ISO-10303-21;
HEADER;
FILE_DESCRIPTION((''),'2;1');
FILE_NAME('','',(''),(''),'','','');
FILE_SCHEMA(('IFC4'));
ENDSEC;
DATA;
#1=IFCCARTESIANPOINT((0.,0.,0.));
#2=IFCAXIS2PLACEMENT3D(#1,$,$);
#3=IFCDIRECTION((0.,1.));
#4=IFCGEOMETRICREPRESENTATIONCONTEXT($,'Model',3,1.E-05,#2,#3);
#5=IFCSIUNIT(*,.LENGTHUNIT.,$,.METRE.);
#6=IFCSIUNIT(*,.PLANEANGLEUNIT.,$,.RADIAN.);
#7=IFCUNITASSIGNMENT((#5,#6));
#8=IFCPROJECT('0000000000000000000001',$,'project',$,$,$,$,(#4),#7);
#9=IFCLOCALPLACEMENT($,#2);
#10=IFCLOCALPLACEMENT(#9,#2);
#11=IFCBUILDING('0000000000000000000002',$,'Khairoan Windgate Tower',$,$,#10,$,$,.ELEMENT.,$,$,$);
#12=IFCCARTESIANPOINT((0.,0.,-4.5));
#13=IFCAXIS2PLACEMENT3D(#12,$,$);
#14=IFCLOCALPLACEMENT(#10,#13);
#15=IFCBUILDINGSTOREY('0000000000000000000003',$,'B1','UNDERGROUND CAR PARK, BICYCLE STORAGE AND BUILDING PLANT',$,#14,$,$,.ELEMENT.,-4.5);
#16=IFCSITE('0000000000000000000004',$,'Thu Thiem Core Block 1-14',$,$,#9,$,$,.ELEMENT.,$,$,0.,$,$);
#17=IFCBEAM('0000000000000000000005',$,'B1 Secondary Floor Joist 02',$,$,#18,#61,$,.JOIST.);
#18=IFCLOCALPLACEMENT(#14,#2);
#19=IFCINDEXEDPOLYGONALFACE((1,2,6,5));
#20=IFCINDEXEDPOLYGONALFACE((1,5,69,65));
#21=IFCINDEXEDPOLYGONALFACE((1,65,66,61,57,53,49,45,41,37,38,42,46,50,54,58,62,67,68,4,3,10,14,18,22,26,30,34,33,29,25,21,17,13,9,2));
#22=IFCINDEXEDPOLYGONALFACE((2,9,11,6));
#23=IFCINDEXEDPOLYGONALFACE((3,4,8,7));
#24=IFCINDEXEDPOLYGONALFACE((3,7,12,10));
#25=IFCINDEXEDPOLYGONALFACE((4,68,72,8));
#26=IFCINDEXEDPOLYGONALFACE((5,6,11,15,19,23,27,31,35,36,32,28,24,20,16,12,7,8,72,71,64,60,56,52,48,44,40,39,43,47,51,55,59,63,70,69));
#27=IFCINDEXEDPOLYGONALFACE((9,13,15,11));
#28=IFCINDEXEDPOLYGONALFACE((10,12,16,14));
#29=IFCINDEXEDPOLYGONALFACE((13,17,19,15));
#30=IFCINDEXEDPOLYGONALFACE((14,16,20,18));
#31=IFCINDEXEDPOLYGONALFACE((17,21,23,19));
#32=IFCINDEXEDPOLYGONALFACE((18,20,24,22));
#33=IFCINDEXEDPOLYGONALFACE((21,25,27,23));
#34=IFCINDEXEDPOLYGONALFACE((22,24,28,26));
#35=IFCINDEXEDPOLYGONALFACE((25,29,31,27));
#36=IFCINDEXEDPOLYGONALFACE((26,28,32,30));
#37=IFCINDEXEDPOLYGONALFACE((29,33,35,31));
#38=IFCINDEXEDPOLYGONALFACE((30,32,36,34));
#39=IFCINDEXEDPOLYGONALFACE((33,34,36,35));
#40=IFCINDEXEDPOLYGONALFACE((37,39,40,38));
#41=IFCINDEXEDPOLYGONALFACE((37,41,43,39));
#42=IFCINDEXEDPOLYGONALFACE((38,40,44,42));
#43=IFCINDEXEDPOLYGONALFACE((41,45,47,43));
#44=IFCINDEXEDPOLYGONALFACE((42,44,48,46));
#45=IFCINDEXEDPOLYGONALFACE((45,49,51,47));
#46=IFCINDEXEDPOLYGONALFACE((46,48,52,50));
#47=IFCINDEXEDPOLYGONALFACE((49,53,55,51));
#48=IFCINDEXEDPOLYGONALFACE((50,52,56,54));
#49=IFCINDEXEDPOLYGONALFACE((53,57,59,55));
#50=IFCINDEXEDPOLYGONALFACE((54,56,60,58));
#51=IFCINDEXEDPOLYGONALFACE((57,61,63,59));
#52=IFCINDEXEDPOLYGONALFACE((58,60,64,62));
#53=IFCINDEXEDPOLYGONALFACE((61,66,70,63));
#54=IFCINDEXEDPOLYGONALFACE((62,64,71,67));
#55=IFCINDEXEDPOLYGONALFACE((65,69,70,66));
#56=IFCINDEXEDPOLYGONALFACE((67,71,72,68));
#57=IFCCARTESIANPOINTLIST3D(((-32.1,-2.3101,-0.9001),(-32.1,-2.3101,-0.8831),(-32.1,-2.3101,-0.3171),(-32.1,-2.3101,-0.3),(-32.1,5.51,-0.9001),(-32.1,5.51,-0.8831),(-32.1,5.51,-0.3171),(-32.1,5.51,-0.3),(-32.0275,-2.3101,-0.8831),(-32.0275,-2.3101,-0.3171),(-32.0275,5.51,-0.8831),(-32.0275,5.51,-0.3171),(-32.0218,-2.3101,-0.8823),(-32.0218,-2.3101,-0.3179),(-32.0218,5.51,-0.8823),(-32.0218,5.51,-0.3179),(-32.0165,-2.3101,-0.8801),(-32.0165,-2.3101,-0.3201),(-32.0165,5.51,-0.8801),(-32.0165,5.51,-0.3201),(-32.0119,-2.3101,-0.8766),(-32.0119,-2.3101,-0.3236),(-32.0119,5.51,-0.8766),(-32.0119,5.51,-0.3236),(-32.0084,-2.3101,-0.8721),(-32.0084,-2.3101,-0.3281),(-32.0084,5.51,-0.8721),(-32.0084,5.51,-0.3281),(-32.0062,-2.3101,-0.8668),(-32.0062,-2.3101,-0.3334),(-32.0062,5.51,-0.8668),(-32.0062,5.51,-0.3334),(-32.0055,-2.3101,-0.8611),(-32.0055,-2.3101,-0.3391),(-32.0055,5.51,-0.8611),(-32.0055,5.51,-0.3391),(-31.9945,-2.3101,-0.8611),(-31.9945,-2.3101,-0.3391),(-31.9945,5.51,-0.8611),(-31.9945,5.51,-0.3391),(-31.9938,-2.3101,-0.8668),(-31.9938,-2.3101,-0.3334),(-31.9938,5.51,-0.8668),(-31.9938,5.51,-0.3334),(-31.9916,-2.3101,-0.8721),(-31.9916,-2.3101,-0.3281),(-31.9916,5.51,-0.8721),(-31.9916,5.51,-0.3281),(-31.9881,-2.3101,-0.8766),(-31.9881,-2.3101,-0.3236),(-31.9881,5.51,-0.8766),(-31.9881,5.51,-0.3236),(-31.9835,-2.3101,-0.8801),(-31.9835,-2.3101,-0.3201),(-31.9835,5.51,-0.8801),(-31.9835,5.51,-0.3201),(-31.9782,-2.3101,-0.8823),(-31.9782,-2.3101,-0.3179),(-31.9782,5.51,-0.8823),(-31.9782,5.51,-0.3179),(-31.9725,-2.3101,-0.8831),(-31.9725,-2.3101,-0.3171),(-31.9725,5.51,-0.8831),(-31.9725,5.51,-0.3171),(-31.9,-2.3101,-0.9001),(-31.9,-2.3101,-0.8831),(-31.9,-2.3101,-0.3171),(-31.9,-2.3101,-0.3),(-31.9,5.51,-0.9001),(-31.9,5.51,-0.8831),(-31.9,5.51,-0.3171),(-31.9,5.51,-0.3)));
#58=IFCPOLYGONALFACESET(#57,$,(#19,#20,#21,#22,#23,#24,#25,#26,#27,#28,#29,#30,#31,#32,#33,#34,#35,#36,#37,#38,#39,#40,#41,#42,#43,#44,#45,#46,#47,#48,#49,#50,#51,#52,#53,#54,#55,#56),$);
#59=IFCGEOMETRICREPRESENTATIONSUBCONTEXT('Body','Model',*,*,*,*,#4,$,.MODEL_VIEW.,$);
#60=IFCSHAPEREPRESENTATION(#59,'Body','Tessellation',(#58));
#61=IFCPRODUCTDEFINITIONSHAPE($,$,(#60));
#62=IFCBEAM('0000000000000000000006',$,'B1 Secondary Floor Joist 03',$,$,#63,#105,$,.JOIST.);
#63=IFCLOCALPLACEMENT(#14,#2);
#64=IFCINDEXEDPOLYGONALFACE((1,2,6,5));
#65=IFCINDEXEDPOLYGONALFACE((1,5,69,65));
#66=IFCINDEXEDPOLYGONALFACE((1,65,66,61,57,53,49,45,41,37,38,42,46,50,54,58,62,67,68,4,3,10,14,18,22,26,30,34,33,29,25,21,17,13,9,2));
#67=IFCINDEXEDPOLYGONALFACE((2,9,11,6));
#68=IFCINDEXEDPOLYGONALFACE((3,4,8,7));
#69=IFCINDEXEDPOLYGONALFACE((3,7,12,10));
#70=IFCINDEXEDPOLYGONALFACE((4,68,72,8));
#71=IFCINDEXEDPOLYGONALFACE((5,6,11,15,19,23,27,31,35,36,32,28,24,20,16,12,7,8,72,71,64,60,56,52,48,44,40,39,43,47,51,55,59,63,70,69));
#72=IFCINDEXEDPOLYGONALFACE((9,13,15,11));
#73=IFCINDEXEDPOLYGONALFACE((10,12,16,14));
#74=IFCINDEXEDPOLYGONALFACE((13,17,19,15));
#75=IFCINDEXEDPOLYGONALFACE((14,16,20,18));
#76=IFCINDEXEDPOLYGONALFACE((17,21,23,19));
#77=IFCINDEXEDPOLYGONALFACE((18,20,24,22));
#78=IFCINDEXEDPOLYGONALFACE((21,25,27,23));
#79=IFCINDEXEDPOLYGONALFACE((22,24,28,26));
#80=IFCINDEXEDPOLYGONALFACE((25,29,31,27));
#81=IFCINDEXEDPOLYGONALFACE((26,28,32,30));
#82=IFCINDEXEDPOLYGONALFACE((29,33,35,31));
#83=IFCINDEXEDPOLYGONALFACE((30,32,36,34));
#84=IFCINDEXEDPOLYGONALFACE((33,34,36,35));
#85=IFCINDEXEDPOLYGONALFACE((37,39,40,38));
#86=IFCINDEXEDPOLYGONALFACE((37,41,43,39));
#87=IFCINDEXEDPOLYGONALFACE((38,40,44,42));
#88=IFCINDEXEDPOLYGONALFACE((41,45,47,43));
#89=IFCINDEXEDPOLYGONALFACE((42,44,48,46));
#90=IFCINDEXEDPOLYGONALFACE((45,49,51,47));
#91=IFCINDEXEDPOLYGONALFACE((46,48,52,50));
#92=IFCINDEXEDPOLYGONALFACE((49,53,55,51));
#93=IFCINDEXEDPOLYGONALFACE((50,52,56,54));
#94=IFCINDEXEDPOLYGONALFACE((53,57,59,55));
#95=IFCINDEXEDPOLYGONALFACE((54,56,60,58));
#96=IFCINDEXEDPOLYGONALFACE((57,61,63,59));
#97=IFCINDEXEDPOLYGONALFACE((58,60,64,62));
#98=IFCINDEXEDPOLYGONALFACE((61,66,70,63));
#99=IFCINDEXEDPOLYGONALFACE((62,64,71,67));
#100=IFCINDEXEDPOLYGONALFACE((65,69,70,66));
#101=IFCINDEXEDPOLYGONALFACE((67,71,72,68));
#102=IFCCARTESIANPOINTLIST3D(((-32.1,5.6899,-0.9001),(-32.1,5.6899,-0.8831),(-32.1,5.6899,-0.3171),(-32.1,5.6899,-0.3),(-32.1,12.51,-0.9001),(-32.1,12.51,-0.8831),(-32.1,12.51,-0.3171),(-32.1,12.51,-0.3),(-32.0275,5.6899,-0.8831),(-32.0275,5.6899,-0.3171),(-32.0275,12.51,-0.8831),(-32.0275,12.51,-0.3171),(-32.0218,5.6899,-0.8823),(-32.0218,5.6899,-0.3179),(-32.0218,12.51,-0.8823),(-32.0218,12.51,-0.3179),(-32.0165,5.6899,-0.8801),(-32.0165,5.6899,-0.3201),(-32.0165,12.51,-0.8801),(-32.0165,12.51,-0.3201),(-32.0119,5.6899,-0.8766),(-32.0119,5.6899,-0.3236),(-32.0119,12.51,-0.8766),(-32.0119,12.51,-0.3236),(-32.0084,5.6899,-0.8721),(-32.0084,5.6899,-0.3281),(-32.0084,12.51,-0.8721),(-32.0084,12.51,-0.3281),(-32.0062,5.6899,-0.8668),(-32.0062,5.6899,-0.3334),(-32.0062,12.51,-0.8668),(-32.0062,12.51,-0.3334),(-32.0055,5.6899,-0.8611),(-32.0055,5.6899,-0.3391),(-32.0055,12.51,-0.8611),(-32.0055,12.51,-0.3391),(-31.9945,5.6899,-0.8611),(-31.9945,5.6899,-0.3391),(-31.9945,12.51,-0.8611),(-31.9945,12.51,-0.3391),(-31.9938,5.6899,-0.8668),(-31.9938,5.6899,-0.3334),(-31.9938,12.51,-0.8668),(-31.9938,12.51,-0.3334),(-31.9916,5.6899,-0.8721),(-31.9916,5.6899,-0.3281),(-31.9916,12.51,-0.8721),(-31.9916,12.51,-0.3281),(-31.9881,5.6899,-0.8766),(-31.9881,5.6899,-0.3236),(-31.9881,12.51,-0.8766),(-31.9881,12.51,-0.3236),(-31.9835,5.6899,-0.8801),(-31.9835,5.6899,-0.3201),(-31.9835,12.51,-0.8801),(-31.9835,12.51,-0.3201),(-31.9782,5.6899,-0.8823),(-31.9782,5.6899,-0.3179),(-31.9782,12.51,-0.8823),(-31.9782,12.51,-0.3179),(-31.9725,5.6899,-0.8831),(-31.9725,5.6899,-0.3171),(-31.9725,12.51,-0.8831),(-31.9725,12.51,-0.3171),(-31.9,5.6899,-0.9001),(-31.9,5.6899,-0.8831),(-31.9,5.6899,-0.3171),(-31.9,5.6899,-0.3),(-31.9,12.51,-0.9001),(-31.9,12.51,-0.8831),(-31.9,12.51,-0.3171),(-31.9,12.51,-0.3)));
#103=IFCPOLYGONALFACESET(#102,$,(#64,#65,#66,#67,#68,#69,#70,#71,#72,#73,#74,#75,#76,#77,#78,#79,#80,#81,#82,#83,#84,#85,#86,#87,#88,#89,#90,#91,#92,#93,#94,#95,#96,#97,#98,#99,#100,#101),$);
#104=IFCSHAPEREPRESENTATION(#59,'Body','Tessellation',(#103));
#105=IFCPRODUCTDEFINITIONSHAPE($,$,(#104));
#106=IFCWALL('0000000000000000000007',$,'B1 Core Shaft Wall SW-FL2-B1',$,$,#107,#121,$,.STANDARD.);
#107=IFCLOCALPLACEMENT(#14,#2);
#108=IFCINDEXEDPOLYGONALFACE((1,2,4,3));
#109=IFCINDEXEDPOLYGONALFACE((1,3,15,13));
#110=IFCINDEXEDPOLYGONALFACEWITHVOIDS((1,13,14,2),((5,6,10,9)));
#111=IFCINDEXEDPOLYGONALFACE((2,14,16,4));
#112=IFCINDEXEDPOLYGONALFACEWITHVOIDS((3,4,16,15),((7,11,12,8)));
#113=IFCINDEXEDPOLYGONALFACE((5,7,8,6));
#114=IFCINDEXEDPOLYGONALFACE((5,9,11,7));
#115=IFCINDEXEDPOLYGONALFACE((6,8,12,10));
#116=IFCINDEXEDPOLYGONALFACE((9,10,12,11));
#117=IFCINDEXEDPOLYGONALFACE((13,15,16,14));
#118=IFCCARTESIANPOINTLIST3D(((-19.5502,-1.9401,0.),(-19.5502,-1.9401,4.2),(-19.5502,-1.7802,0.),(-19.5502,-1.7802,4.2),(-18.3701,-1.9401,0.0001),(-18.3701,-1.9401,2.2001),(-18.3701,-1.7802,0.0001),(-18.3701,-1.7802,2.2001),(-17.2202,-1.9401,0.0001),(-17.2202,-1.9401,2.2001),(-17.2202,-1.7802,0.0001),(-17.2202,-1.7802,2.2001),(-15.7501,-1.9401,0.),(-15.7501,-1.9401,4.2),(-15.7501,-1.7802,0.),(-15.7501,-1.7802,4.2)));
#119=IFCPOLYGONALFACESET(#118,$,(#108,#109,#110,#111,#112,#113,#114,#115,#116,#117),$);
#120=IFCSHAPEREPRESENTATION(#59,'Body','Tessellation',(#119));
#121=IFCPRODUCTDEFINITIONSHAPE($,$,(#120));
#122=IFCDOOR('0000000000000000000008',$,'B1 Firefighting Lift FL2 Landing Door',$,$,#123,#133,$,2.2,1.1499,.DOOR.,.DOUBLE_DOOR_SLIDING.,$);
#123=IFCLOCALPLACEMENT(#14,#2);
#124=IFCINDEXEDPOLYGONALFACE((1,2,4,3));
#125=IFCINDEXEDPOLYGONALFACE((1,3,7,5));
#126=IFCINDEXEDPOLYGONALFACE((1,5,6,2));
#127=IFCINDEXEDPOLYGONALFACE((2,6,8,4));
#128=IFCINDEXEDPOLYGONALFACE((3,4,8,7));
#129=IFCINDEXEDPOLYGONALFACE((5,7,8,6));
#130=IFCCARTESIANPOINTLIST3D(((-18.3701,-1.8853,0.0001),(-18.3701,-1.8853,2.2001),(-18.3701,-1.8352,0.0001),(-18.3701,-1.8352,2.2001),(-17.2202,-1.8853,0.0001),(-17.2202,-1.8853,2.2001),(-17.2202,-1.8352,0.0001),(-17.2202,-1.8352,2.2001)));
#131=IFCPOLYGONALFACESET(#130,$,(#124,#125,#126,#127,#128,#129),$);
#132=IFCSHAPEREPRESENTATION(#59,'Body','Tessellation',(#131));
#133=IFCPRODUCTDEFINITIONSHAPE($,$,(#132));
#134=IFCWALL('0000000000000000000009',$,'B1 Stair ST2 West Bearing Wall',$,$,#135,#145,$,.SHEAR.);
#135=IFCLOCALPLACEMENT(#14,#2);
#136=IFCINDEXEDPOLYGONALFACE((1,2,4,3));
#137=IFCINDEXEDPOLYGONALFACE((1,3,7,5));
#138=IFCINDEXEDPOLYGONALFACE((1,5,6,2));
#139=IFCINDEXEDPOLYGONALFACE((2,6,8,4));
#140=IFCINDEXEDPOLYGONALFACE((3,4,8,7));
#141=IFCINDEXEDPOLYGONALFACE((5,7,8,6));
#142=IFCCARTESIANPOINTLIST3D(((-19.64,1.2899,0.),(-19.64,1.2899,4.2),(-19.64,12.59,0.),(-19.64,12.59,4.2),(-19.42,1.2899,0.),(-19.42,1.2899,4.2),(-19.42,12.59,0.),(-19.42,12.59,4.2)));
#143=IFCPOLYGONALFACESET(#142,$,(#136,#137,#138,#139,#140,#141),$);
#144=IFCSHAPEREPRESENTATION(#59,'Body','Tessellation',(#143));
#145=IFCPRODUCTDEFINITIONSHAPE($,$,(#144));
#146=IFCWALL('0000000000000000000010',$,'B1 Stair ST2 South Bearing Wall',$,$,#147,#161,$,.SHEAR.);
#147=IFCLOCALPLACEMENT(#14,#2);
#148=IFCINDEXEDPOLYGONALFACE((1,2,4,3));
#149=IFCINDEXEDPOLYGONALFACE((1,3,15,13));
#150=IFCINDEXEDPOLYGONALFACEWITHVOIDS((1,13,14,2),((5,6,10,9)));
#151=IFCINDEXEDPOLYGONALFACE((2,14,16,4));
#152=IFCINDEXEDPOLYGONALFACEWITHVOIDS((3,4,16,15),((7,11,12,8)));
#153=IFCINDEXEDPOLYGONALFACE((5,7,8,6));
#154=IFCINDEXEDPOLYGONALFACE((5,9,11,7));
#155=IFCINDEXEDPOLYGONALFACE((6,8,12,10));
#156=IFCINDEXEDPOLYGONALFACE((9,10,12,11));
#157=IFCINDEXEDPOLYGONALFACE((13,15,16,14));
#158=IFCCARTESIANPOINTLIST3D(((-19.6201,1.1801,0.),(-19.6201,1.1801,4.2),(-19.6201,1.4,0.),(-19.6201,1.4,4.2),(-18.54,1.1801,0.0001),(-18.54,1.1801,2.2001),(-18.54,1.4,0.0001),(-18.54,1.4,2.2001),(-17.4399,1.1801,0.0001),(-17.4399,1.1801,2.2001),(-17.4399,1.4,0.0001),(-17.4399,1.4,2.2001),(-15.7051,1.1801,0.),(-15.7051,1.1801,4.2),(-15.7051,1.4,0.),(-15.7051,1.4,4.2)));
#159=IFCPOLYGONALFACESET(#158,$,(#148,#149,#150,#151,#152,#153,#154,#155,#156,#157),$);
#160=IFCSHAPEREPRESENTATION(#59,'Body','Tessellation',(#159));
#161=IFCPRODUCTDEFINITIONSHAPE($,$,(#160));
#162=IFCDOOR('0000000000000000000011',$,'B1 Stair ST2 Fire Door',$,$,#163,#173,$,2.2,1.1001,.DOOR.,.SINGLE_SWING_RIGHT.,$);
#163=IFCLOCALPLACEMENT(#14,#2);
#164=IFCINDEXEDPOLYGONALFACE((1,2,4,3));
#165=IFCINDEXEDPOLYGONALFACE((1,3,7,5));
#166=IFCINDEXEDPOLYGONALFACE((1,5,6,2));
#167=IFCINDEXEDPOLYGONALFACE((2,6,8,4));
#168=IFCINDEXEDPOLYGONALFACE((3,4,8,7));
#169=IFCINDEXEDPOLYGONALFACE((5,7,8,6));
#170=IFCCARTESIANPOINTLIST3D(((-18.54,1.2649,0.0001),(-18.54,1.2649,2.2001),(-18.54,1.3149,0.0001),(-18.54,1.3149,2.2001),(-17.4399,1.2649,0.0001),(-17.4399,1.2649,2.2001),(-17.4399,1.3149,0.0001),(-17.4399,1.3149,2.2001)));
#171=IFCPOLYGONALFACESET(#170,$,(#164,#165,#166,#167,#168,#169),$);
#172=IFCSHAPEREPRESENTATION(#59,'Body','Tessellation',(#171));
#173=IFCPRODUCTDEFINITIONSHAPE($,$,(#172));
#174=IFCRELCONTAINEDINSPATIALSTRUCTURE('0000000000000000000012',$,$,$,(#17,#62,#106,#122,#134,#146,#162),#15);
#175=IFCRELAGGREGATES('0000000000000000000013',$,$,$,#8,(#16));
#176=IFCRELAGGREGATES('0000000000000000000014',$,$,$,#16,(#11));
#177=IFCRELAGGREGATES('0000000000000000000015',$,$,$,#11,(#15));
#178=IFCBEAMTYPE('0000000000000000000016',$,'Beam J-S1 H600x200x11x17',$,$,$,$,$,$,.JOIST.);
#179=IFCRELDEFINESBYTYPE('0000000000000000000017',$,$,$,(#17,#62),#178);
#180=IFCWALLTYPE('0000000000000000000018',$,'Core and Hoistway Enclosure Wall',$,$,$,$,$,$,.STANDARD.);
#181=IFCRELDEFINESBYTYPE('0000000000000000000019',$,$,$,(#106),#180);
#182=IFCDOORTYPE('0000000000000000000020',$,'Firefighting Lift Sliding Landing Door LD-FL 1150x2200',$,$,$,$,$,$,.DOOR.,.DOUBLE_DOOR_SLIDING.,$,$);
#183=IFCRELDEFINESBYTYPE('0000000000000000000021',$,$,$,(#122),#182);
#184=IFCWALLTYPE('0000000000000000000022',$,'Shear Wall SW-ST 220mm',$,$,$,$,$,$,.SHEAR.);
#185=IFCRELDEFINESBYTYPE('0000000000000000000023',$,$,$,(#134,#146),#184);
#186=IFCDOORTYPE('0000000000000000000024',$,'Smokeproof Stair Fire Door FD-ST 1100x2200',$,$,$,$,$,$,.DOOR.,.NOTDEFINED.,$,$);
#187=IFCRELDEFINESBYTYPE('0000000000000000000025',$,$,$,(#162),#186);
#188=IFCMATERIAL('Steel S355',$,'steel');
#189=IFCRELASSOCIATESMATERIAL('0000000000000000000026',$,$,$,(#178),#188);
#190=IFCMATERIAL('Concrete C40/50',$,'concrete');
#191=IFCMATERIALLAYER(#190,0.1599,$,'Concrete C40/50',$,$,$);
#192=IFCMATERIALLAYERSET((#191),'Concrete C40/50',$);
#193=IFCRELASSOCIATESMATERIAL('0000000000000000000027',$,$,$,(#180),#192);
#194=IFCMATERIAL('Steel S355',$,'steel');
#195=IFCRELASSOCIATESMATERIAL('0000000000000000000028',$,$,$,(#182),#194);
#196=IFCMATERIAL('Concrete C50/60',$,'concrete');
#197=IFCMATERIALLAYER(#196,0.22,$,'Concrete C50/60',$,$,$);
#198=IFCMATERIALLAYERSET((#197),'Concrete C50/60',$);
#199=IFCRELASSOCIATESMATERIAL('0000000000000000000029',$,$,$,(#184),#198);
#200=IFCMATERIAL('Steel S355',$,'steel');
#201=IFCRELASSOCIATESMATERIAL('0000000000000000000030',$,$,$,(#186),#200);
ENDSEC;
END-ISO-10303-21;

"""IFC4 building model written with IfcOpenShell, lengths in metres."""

from ifc_helpers import new_model, si_unit, direction, frame, frame_2d, origin, origin_2d, place, context, subcontext, project, spatial, rectangle, i_section, extrude, material, layer, layer_set, material_profile, profile_set, type_object, element, fill, save


model = new_model("IFC4")

# Units and contexts
model_context = context("Model", 3, precision=1e-05, world=origin(), true_north=direction((0.0, 1.0)))
body_context = subcontext(model_context, "Body", "Model", "MODEL_VIEW")
ifc_project = project(units=[si_unit("LENGTHUNIT", "METRE"), si_unit("PLANEANGLEUNIT", "RADIAN")], contexts=[model_context])

# Site, building, storey
site_placement = place(None, origin())
site = spatial("IfcSite", under=ifc_project, at=site_placement, Name="Thu Thiem Core Block 1-14", CompositionType="ELEMENT", RefElevation=0.0)
building_placement = place(site_placement, origin())
building = spatial("IfcBuilding", under=site, at=building_placement, Name="Khairoan Windgate Tower", CompositionType="ELEMENT")
storey_placement = place(building_placement, frame((0.0, 0.0, -4.5)))
storey = spatial("IfcBuildingStorey", under=building, at=storey_placement, Name="B1", Description="UNDERGROUND CAR PARK, BICYCLE STORAGE AND BUILDING PLANT", CompositionType="ELEMENT", Elevation=-4.5)

# Beams
ifc_material_1 = material(Name="Steel S355", Category="steel")
ifc_material_profile_1 = material_profile(ifc_material_1, i_section(OverallWidth=0.2, OverallDepth=0.6001, WebThickness=0.011, FlangeThickness=0.0171, FilletRadius=0.022, at=origin_2d()))
ifc_profile_set_1 = profile_set([ifc_material_profile_1], Name="Steel S355")
beam_type_1 = type_object("IfcBeamType", Name="Beam J-S1 H600x200x11x17", PredefinedType="JOIST", material=ifc_profile_set_1)
beam_1_placement = place(storey_placement, frame((-32.0, -2.3101, -0.6001), z_axis=(0.0, 1.0, 0.0), x_axis=(-1.0, 0.0, 0.0)))
element("IfcBeam", 1, at=beam_1_placement, inside=storey, type_object=beam_type_1, Name="B1 Secondary Floor Joist 02", PredefinedType="JOIST", context=body_context, shape_type="SweptSolid", body=[
    extrude(i_section(OverallWidth=0.2, OverallDepth=0.6001, WebThickness=0.011, FlangeThickness=0.0171, FilletRadius=0.022, at=origin_2d()), origin(), (0.0, 0.0, 1.0), 7.8201),
])
beam_2_placement = place(storey_placement, frame((-32.0, 5.6899, -0.6001), z_axis=(0.0, 1.0, 0.0), x_axis=(-1.0, 0.0, 0.0)))
element("IfcBeam", 2, at=beam_2_placement, inside=storey, type_object=beam_type_1, Name="B1 Secondary Floor Joist 03", PredefinedType="JOIST", context=body_context, shape_type="SweptSolid", body=[
    extrude(i_section(OverallWidth=0.2, OverallDepth=0.6001, WebThickness=0.011, FlangeThickness=0.0171, FilletRadius=0.022, at=origin_2d()), origin(), (0.0, 0.0, 1.0), 6.8201),
])

# Wall, opening, door
ifc_material_2 = material(Name="Concrete C40/50", Category="concrete")
ifc_layer_1 = layer(ifc_material_2, 0.1599, Name="Concrete C40/50")
ifc_layer_set_1 = layer_set([ifc_layer_1], Name="Concrete C40/50")
wall_type_1 = type_object("IfcWallType", Name="Core and Hoistway Enclosure Wall", PredefinedType="STANDARD", material=ifc_layer_set_1)
wall_1_placement = place(storey_placement, frame((-19.55, -1.8601, 0.0), z_axis=(0.0, 0.0, 1.0), x_axis=(1.0, 0.0, 0.0)))
wall_1 = element("IfcWall", 3, at=wall_1_placement, inside=storey, type_object=wall_type_1, Name="B1 Core Shaft Wall SW-FL2-B1", PredefinedType="STANDARD", context=body_context, shape_type="SweptSolid", body=[
    extrude(rectangle(XDim=3.8, YDim=0.1599, at=frame_2d((1.8999, 0.0))), origin(), (0.0, 0.0, 1.0), 4.2),
])
opening_1_placement = place(wall_1_placement, frame((1.1799, 0.0, 0.0)))
opening_1 = element("IfcOpeningElement", 4, at=opening_1_placement, cuts=wall_1, PredefinedType="OPENING", context=body_context, shape_type="SweptSolid", body=[
    extrude(rectangle(XDim=1.1499, YDim=2.2, at=frame_2d((0.575, 1.1001))), frame((0.0, 0.0898, 0.0), z_axis=(0.0, -1.0, 0.0), x_axis=(1.0, 0.0, 0.0)), (0.0, 0.0, 1.0), 0.1799),
])
ifc_material_3 = material(Name="Steel S355", Category="steel")
door_type_1 = type_object("IfcDoorType", Name="Firefighting Lift Sliding Landing Door LD-FL 1150x2200", OperationType="DOUBLE_DOOR_SLIDING", PredefinedType="DOOR", material=ifc_material_3)
door_1_placement = place(opening_1_placement, origin())
door_1 = element("IfcDoor", 5, at=door_1_placement, inside=storey, type_object=door_type_1, Name="B1 Firefighting Lift FL2 Landing Door", OperationType="DOUBLE_DOOR_SLIDING", OverallHeight=2.2, OverallWidth=1.1499, PredefinedType="DOOR", context=body_context, shape_type="SweptSolid", body=[
    extrude(rectangle(XDim=1.1499, YDim=2.2, at=frame_2d((0.575, 1.1001))), frame((0.0, 0.0249, 0.0), z_axis=(0.0, -1.0, 0.0), x_axis=(1.0, 0.0, 0.0)), (0.0, 0.0, 1.0), 0.05),
])
fill(opening_1, door_1)

# Wall
ifc_material_4 = material(Name="Concrete C50/60", Category="concrete")
ifc_layer_2 = layer(ifc_material_4, 0.22, Name="Concrete C50/60")
ifc_layer_set_2 = layer_set([ifc_layer_2], Name="Concrete C50/60")
wall_type_2 = type_object("IfcWallType", Name="Shear Wall SW-ST 220mm", PredefinedType="SHEAR", material=ifc_layer_set_2)
wall_2_placement = place(storey_placement, frame((-19.53, 1.29, 0.0), z_axis=(0.0, 0.0, 1.0), x_axis=(0.0, 1.0, 0.0)))
element("IfcWall", 6, at=wall_2_placement, inside=storey, type_object=wall_type_2, Name="B1 Stair ST2 West Bearing Wall", PredefinedType="SHEAR", context=body_context, shape_type="SweptSolid", body=[
    extrude(rectangle(XDim=11.3, YDim=0.22, at=frame_2d((5.6499, 0.0))), origin(), (0.0, 0.0, 1.0), 4.2),
])

# Wall, opening, door
wall_3_placement = place(storey_placement, frame((-19.6201, 1.29, 0.0), z_axis=(0.0, 0.0, 1.0), x_axis=(1.0, 0.0, 0.0)))
wall_3 = element("IfcWall", 7, at=wall_3_placement, inside=storey, type_object=wall_type_2, Name="B1 Stair ST2 South Bearing Wall", PredefinedType="SHEAR", context=body_context, shape_type="SweptSolid", body=[
    extrude(rectangle(XDim=3.915, YDim=0.22, at=frame_2d((1.9575, 0.0))), origin(), (0.0, 0.0, 1.0), 4.2),
])
opening_2_placement = place(wall_3_placement, frame((1.0801, 0.0, 0.0)))
opening_2 = element("IfcOpeningElement", 8, at=opening_2_placement, cuts=wall_3, PredefinedType="OPENING", context=body_context, shape_type="SweptSolid", body=[
    extrude(rectangle(XDim=1.1001, YDim=2.2, at=frame_2d((0.55, 1.1001))), frame((0.0, 0.1199, 0.0), z_axis=(0.0, -1.0, 0.0), x_axis=(1.0, 0.0, 0.0)), (0.0, 0.0, 1.0), 0.24),
])
ifc_material_5 = material(Name="Steel S355", Category="steel")
door_type_2 = type_object("IfcDoorType", Name="Smokeproof Stair Fire Door FD-ST 1100x2200", OperationType="NOTDEFINED", PredefinedType="DOOR", material=ifc_material_5)
door_2_placement = place(opening_2_placement, origin())
door_2 = element("IfcDoor", 9, at=door_2_placement, inside=storey, type_object=door_type_2, Name="B1 Stair ST2 Fire Door", OperationType="SINGLE_SWING_RIGHT", OverallHeight=2.2, OverallWidth=1.1001, PredefinedType="DOOR", context=body_context, shape_type="SweptSolid", body=[
    extrude(rectangle(XDim=1.1001, YDim=2.2, at=frame_2d((0.55, 1.1001))), frame((0.0, 0.0249, 0.0), z_axis=(0.0, -1.0, 0.0), x_axis=(1.0, 0.0, 0.0)), (0.0, 0.0, 1.0), 0.05),
])
fill(opening_2, door_2)

save(model, "model.ifc")
